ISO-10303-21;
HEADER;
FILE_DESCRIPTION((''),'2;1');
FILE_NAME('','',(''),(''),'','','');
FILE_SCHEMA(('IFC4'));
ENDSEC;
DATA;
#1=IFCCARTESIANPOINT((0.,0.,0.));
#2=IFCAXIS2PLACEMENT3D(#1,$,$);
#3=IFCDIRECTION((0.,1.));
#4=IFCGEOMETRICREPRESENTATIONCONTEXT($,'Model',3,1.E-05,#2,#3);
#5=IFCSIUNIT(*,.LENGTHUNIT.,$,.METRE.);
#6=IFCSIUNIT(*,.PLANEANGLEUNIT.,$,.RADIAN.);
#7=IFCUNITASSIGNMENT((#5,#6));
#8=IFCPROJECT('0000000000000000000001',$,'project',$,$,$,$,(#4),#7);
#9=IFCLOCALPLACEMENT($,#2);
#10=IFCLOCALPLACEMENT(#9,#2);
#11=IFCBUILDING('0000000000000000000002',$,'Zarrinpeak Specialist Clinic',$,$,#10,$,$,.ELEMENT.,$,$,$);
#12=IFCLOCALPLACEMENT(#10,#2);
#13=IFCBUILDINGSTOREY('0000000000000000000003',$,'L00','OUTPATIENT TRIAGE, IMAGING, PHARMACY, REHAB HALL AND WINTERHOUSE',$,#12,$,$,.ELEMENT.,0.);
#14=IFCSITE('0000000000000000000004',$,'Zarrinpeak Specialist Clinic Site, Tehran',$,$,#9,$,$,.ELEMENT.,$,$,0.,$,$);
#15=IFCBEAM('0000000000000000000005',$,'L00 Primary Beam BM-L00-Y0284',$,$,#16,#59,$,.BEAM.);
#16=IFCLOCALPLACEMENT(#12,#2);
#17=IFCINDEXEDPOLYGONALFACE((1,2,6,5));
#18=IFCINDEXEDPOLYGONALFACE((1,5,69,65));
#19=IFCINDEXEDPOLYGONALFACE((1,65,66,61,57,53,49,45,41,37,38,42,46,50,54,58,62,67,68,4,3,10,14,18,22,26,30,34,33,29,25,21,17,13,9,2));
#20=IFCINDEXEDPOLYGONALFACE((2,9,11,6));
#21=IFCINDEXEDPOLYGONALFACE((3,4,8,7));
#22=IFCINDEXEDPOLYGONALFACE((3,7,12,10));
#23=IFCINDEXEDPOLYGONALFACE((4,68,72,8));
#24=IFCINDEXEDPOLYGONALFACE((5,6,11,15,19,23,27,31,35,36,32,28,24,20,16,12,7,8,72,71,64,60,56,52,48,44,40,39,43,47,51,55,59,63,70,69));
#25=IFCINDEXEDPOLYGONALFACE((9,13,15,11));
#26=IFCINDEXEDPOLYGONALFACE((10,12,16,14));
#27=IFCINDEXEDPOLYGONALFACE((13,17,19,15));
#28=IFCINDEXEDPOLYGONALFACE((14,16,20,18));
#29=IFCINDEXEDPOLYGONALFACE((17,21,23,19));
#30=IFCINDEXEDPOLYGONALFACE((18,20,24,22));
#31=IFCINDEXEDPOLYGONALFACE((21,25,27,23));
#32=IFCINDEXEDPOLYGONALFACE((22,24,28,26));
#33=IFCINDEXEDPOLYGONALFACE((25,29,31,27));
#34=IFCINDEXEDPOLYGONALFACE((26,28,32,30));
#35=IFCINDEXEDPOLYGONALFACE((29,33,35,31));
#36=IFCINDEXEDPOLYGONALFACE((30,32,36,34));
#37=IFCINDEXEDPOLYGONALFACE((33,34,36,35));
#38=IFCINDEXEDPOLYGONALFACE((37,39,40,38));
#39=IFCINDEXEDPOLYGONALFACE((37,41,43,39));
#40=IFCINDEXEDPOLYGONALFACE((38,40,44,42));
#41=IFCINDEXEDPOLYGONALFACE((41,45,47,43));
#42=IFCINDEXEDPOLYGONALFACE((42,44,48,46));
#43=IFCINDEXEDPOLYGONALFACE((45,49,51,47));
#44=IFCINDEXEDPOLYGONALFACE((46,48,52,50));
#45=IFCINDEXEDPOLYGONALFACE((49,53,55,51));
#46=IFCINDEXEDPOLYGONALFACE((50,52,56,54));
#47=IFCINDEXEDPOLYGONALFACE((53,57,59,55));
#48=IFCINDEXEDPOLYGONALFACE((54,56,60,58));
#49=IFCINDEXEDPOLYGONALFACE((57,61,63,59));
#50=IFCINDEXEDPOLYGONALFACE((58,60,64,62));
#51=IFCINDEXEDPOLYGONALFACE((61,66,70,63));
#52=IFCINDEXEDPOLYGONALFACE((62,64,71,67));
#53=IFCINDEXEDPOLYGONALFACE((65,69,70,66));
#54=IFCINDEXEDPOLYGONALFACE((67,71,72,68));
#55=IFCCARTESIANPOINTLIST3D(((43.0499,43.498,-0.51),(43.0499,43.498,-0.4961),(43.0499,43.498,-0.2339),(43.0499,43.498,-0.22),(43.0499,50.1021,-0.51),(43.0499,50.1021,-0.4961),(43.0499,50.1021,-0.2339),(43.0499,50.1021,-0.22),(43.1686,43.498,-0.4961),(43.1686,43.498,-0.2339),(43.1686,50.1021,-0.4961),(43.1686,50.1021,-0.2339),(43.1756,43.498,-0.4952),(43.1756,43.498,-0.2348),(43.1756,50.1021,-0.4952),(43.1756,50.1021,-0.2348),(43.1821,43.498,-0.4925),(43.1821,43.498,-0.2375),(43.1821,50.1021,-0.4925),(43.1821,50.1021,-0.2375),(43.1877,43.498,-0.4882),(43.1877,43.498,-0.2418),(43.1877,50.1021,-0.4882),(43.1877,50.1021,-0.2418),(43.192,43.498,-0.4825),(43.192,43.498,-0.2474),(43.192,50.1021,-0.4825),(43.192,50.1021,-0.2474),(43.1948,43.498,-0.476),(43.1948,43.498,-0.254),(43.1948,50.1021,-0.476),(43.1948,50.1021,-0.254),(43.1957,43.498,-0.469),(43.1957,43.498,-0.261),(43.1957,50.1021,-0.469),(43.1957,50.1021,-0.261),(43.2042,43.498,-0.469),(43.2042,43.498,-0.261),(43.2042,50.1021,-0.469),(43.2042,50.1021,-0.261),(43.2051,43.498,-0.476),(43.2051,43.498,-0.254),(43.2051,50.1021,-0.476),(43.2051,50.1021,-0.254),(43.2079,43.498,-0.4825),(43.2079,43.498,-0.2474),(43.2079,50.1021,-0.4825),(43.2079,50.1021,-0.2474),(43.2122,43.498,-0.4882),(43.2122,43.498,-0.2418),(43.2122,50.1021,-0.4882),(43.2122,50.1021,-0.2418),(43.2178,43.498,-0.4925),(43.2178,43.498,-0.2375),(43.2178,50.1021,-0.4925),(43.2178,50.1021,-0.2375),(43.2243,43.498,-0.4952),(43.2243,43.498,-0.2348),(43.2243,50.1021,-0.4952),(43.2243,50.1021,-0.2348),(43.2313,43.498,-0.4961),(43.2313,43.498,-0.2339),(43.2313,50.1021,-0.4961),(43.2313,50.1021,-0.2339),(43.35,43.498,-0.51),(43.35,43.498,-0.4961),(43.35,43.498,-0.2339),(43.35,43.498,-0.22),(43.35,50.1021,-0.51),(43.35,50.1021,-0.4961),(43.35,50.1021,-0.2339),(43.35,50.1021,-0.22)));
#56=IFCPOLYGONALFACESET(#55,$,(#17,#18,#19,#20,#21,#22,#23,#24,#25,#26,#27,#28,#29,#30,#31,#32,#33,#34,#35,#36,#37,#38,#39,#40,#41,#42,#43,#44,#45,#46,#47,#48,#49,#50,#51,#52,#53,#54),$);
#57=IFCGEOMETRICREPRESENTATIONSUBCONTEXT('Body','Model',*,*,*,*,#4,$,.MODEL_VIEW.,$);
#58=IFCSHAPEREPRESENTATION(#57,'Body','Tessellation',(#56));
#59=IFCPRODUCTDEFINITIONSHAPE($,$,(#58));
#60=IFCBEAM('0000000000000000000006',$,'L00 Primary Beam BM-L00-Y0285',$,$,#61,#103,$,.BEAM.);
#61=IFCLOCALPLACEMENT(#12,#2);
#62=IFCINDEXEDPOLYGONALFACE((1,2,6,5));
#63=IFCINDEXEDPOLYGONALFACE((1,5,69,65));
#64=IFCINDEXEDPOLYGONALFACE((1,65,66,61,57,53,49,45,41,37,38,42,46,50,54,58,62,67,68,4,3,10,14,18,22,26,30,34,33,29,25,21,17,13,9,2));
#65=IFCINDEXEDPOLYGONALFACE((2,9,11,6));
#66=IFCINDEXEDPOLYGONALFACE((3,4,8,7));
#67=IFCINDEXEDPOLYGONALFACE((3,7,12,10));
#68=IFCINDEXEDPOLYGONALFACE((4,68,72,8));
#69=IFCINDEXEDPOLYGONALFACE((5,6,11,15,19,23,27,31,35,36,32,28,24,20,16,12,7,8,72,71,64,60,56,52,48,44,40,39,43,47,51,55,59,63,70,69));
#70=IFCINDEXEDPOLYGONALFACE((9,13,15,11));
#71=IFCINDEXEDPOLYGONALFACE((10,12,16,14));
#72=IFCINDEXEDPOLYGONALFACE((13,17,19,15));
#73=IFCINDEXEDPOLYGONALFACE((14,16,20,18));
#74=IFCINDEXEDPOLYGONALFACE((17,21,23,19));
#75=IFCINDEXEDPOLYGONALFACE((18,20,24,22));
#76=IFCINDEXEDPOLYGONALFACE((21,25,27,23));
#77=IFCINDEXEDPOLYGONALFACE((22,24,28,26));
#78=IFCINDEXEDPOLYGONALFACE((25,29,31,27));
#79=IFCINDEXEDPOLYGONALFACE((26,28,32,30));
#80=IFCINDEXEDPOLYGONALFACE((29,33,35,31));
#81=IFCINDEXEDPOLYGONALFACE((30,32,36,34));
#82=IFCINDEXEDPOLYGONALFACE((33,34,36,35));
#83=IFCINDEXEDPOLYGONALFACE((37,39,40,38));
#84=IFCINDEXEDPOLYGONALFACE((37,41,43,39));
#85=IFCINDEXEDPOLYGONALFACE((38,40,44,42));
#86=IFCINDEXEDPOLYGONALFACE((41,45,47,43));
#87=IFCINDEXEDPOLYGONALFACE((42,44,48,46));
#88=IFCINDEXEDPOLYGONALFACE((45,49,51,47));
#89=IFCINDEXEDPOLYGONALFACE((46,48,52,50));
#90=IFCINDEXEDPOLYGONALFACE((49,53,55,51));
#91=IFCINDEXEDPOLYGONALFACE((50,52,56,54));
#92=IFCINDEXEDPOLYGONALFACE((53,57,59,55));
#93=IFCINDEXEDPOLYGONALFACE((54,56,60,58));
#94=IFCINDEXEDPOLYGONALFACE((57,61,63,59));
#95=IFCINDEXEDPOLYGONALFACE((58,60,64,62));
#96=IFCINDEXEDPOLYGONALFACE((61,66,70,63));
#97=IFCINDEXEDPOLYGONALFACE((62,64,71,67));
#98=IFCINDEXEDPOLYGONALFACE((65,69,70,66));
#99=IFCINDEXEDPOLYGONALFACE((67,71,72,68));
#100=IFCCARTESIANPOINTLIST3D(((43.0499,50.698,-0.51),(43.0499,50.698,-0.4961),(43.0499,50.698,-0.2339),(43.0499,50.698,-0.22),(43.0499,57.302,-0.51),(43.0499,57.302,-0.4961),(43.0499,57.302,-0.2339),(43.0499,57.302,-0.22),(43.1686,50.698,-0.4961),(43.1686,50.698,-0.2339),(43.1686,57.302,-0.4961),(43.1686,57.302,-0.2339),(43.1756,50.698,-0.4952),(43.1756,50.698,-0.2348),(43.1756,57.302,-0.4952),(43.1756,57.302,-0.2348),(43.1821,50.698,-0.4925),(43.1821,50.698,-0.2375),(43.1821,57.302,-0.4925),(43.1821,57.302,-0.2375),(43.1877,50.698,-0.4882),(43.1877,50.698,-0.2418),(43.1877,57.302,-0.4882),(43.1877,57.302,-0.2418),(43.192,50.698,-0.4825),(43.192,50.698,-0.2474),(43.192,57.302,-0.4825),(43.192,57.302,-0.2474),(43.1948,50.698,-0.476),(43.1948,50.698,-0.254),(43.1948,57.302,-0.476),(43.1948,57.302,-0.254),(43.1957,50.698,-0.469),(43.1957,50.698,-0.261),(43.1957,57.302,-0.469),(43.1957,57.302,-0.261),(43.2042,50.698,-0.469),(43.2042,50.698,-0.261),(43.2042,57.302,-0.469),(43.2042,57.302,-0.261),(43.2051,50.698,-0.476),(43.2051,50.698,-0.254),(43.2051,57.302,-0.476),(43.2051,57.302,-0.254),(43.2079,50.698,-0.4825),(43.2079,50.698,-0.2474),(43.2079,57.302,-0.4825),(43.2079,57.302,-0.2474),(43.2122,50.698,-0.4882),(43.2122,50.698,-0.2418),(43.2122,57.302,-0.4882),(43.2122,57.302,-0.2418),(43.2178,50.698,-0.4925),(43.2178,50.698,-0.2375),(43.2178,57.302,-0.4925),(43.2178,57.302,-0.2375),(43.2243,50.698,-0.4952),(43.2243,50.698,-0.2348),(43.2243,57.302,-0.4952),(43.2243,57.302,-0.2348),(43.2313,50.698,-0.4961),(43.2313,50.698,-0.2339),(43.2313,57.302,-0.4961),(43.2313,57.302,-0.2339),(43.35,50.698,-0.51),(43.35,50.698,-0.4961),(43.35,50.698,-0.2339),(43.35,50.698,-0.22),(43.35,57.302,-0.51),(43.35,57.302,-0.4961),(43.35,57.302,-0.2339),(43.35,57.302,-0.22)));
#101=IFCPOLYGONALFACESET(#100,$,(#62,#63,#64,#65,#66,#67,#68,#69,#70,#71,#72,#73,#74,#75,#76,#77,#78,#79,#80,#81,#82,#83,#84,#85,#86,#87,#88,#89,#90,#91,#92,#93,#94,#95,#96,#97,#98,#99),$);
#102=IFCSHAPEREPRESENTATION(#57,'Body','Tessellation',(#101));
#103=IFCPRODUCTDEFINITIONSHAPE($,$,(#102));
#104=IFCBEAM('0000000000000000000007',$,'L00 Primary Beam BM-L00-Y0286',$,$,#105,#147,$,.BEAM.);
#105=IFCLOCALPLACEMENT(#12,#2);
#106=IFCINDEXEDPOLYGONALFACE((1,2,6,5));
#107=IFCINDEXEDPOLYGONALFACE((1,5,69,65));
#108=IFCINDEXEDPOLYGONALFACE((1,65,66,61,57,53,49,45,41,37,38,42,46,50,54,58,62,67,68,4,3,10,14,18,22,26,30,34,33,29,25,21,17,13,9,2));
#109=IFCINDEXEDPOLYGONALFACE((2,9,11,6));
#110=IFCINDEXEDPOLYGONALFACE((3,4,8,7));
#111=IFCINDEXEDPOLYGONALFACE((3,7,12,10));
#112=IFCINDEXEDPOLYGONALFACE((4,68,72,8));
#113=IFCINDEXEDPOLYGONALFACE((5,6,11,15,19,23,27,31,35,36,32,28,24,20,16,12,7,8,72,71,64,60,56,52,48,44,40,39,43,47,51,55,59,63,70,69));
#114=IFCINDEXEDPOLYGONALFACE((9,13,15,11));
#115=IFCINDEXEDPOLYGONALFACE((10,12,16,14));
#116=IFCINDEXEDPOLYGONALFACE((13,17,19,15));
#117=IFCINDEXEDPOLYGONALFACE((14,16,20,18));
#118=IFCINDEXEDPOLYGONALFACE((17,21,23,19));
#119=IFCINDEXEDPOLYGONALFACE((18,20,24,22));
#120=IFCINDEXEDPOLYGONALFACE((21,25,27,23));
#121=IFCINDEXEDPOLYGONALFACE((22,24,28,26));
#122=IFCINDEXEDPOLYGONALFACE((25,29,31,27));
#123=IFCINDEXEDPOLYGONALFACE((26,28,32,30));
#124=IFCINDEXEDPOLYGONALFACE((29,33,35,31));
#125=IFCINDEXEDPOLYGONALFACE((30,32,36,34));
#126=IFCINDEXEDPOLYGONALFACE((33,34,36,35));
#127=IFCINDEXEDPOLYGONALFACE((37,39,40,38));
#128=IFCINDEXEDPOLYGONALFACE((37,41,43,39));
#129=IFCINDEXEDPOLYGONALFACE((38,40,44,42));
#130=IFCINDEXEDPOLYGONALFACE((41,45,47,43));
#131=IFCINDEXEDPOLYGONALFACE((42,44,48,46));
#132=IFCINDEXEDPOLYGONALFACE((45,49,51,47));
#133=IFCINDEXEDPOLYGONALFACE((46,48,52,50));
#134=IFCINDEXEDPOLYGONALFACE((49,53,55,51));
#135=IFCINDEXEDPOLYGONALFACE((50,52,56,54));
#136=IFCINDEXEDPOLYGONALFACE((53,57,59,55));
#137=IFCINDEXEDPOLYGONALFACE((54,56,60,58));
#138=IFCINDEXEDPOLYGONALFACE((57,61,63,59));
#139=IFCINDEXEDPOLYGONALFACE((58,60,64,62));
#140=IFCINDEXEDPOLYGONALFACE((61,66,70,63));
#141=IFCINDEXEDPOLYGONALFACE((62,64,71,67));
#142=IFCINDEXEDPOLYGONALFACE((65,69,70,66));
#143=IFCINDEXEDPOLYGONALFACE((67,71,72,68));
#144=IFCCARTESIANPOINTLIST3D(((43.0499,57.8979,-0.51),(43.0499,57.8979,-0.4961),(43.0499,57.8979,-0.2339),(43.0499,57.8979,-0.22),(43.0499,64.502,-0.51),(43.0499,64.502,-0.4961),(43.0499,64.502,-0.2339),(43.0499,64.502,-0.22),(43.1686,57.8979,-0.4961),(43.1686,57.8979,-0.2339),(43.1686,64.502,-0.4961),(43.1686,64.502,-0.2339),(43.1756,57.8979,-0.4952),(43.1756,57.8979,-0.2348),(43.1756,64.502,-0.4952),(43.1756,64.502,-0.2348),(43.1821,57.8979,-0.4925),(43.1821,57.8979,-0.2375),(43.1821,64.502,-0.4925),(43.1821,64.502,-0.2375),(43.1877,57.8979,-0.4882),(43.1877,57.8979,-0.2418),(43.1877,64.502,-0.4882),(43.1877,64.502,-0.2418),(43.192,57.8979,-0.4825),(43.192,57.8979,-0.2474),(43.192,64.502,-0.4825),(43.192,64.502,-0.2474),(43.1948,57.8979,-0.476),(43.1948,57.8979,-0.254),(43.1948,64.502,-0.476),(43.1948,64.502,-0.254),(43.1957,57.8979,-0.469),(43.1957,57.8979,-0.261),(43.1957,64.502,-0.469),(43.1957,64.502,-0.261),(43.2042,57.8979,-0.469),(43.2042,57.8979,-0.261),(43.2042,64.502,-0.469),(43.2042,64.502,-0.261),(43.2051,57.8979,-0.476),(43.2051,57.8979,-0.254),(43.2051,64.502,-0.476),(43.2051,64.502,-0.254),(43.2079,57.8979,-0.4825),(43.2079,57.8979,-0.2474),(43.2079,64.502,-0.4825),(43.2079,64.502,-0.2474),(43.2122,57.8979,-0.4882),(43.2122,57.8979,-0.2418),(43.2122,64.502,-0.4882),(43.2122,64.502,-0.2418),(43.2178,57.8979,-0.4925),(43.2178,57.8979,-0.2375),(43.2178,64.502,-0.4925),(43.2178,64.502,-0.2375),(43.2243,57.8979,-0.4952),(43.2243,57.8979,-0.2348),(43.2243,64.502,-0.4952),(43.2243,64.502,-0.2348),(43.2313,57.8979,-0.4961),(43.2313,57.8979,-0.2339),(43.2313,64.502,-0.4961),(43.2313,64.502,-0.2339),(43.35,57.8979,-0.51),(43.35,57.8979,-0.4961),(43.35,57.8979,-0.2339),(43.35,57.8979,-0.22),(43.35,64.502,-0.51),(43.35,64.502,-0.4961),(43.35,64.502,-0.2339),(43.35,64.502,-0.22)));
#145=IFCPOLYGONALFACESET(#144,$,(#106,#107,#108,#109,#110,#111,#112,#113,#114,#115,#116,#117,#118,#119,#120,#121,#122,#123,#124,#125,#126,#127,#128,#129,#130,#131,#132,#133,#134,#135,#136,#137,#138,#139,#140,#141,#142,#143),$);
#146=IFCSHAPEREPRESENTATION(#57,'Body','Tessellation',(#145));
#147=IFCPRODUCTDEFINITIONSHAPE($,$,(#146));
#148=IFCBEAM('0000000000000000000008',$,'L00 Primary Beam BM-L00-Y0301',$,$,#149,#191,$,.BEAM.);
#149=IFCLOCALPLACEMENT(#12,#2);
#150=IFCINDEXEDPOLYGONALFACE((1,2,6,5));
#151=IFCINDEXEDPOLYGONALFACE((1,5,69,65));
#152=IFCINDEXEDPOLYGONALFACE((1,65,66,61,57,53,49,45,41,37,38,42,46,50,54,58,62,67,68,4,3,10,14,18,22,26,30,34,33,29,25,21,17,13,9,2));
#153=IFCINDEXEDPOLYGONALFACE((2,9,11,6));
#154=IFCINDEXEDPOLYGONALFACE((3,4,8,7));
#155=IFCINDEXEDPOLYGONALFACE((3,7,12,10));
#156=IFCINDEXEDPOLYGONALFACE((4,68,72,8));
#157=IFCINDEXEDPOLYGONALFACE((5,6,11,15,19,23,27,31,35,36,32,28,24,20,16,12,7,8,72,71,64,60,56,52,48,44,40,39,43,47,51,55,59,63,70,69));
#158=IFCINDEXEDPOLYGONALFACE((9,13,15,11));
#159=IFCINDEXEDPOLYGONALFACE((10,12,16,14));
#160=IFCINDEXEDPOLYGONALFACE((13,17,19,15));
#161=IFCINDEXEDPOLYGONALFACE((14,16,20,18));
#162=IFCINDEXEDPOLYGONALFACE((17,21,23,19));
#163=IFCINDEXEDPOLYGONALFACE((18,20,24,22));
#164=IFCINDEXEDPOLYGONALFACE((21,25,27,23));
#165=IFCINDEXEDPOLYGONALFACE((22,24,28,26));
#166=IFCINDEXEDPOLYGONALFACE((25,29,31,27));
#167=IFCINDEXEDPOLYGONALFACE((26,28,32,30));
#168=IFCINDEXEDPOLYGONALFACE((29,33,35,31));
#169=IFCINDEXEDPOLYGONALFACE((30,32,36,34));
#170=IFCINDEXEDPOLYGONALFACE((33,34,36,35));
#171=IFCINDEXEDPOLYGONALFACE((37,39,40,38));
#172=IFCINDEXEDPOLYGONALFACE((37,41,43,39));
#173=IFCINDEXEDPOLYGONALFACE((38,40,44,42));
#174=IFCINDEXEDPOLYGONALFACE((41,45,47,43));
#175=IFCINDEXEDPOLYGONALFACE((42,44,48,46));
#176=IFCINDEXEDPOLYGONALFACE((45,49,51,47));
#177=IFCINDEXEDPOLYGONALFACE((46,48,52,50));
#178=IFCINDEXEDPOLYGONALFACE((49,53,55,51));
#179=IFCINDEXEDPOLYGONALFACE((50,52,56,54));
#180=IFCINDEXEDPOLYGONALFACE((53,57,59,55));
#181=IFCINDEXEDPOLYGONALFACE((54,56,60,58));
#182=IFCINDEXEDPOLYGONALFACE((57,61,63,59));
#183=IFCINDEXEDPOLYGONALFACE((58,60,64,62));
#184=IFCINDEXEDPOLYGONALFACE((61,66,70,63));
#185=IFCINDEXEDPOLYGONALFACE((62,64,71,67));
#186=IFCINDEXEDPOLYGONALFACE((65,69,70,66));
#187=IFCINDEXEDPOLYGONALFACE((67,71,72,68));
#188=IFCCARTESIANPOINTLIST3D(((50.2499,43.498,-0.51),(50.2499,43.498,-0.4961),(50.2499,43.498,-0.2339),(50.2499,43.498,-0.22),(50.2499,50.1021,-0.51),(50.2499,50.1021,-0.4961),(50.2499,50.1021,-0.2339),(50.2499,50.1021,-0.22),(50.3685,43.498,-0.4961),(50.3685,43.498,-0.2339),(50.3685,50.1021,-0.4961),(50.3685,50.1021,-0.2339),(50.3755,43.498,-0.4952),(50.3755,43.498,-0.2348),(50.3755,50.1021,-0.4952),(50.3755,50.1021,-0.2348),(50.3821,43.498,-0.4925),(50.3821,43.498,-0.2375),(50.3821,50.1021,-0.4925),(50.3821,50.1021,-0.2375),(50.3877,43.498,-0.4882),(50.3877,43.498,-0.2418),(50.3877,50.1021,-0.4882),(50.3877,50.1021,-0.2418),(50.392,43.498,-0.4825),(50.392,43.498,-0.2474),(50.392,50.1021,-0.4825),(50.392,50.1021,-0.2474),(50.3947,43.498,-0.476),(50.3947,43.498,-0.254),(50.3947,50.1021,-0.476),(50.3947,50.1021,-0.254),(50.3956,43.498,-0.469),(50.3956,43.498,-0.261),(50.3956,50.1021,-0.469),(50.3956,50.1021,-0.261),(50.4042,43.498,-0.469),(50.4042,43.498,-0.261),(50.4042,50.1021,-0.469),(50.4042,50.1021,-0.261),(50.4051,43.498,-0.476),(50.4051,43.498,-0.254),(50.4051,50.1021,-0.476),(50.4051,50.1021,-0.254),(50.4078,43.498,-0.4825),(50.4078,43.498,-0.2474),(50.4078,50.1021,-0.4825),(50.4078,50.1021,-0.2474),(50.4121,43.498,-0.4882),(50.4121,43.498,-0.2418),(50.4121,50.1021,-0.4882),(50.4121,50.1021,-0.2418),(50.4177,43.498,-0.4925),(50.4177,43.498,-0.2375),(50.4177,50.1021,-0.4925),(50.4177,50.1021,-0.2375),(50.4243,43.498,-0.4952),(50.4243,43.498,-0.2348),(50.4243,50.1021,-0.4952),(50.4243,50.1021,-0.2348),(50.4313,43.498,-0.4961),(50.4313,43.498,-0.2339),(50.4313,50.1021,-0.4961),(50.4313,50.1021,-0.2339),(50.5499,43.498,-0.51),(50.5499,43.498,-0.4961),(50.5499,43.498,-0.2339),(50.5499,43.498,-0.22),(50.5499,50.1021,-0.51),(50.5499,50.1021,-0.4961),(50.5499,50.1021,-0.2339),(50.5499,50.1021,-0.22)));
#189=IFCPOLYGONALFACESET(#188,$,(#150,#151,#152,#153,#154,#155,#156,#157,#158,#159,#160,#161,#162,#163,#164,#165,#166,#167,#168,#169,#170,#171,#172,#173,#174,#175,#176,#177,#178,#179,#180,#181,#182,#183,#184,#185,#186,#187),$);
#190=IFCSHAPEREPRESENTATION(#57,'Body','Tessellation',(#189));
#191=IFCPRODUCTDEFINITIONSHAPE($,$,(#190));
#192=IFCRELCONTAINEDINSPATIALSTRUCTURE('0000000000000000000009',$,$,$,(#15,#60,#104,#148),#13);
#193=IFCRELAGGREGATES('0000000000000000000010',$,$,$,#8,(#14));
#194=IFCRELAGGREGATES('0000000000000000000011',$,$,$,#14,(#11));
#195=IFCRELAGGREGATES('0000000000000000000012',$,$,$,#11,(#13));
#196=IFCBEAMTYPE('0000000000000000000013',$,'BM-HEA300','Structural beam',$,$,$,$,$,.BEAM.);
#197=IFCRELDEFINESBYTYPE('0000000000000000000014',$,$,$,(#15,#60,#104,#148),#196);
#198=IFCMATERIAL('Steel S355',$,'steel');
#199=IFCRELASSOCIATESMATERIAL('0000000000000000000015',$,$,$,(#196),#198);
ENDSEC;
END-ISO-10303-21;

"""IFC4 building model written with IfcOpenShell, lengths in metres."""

from ifc_helpers import new_model, si_unit, direction, frame, origin, origin_2d, place, context, subcontext, project, spatial, i_section, extrude, material, material_profile, profile_set, type_object, element, save


model = new_model("IFC4")

# Units and contexts
model_context = context("Model", 3, precision=1e-05, world=origin(), true_north=direction((0.0, 1.0)))
body_context = subcontext(model_context, "Body", "Model", "MODEL_VIEW")
ifc_project = project(units=[si_unit("LENGTHUNIT", "METRE"), si_unit("PLANEANGLEUNIT", "RADIAN")], contexts=[model_context])

# Site, building, storey
site_placement = place(None, origin())
site = spatial("IfcSite", under=ifc_project, at=site_placement, Name="Zarrinpeak Specialist Clinic Site, Tehran", CompositionType="ELEMENT", RefElevation=0.0)
building_placement = place(site_placement, origin())
building = spatial("IfcBuilding", under=site, at=building_placement, Name="Zarrinpeak Specialist Clinic", CompositionType="ELEMENT")
storey_placement = place(building_placement, origin())
storey = spatial("IfcBuildingStorey", under=building, at=storey_placement, Name="L00", Description="OUTPATIENT TRIAGE, IMAGING, PHARMACY, REHAB HALL AND WINTERHOUSE", CompositionType="ELEMENT", Elevation=0.0)

# Beams
ifc_material = material(Name="Steel S355", Category="steel")
ifc_material_profile_1 = material_profile(ifc_material, i_section(OverallWidth=0.3, OverallDepth=0.29, WebThickness=0.0085, FlangeThickness=0.0139, FilletRadius=0.0271, at=origin_2d()), Name="HEA 300")
ifc_profile_set_1 = profile_set([ifc_material_profile_1], Name="Steel S355")
beam_type_1 = type_object("IfcBeamType", Name="BM-HEA300", Description="Structural beam", PredefinedType="BEAM", material=ifc_profile_set_1)
for number, where, z_axis, x_axis, name in (
    (1, (43.2, 43.498, -0.365), (0.0, 1.0, 0.0), (-1.0, 0.0, 0.0), "L00 Primary Beam BM-L00-Y0284"),
    (2, (43.2, 50.698, -0.365), (0.0, 1.0, 0.0), (-1.0, 0.0, 0.0), "L00 Primary Beam BM-L00-Y0285"),
    (3, (43.2, 57.8979, -0.365), (0.0, 1.0, 0.0), (-1.0, 0.0, 0.0), "L00 Primary Beam BM-L00-Y0286"),
    (4, (50.3999, 43.498, -0.365), (0.0, 1.0, 0.0), (-1.0, 0.0, 0.0), "L00 Primary Beam BM-L00-Y0301"),
):
    element("IfcBeam", number, at=place(storey_placement, frame(where, z_axis=z_axis, x_axis=x_axis)), inside=storey, type_object=beam_type_1, Name=name, PredefinedType="BEAM", context=body_context, shape_type="SweptSolid", body=[
        extrude(i_section(OverallWidth=0.3, OverallDepth=0.29, WebThickness=0.0085, FlangeThickness=0.0139, FilletRadius=0.0271, at=origin_2d()), origin(), (0.0, 0.0, 1.0), 6.604),
    ])

save(model, "model.ifc")
